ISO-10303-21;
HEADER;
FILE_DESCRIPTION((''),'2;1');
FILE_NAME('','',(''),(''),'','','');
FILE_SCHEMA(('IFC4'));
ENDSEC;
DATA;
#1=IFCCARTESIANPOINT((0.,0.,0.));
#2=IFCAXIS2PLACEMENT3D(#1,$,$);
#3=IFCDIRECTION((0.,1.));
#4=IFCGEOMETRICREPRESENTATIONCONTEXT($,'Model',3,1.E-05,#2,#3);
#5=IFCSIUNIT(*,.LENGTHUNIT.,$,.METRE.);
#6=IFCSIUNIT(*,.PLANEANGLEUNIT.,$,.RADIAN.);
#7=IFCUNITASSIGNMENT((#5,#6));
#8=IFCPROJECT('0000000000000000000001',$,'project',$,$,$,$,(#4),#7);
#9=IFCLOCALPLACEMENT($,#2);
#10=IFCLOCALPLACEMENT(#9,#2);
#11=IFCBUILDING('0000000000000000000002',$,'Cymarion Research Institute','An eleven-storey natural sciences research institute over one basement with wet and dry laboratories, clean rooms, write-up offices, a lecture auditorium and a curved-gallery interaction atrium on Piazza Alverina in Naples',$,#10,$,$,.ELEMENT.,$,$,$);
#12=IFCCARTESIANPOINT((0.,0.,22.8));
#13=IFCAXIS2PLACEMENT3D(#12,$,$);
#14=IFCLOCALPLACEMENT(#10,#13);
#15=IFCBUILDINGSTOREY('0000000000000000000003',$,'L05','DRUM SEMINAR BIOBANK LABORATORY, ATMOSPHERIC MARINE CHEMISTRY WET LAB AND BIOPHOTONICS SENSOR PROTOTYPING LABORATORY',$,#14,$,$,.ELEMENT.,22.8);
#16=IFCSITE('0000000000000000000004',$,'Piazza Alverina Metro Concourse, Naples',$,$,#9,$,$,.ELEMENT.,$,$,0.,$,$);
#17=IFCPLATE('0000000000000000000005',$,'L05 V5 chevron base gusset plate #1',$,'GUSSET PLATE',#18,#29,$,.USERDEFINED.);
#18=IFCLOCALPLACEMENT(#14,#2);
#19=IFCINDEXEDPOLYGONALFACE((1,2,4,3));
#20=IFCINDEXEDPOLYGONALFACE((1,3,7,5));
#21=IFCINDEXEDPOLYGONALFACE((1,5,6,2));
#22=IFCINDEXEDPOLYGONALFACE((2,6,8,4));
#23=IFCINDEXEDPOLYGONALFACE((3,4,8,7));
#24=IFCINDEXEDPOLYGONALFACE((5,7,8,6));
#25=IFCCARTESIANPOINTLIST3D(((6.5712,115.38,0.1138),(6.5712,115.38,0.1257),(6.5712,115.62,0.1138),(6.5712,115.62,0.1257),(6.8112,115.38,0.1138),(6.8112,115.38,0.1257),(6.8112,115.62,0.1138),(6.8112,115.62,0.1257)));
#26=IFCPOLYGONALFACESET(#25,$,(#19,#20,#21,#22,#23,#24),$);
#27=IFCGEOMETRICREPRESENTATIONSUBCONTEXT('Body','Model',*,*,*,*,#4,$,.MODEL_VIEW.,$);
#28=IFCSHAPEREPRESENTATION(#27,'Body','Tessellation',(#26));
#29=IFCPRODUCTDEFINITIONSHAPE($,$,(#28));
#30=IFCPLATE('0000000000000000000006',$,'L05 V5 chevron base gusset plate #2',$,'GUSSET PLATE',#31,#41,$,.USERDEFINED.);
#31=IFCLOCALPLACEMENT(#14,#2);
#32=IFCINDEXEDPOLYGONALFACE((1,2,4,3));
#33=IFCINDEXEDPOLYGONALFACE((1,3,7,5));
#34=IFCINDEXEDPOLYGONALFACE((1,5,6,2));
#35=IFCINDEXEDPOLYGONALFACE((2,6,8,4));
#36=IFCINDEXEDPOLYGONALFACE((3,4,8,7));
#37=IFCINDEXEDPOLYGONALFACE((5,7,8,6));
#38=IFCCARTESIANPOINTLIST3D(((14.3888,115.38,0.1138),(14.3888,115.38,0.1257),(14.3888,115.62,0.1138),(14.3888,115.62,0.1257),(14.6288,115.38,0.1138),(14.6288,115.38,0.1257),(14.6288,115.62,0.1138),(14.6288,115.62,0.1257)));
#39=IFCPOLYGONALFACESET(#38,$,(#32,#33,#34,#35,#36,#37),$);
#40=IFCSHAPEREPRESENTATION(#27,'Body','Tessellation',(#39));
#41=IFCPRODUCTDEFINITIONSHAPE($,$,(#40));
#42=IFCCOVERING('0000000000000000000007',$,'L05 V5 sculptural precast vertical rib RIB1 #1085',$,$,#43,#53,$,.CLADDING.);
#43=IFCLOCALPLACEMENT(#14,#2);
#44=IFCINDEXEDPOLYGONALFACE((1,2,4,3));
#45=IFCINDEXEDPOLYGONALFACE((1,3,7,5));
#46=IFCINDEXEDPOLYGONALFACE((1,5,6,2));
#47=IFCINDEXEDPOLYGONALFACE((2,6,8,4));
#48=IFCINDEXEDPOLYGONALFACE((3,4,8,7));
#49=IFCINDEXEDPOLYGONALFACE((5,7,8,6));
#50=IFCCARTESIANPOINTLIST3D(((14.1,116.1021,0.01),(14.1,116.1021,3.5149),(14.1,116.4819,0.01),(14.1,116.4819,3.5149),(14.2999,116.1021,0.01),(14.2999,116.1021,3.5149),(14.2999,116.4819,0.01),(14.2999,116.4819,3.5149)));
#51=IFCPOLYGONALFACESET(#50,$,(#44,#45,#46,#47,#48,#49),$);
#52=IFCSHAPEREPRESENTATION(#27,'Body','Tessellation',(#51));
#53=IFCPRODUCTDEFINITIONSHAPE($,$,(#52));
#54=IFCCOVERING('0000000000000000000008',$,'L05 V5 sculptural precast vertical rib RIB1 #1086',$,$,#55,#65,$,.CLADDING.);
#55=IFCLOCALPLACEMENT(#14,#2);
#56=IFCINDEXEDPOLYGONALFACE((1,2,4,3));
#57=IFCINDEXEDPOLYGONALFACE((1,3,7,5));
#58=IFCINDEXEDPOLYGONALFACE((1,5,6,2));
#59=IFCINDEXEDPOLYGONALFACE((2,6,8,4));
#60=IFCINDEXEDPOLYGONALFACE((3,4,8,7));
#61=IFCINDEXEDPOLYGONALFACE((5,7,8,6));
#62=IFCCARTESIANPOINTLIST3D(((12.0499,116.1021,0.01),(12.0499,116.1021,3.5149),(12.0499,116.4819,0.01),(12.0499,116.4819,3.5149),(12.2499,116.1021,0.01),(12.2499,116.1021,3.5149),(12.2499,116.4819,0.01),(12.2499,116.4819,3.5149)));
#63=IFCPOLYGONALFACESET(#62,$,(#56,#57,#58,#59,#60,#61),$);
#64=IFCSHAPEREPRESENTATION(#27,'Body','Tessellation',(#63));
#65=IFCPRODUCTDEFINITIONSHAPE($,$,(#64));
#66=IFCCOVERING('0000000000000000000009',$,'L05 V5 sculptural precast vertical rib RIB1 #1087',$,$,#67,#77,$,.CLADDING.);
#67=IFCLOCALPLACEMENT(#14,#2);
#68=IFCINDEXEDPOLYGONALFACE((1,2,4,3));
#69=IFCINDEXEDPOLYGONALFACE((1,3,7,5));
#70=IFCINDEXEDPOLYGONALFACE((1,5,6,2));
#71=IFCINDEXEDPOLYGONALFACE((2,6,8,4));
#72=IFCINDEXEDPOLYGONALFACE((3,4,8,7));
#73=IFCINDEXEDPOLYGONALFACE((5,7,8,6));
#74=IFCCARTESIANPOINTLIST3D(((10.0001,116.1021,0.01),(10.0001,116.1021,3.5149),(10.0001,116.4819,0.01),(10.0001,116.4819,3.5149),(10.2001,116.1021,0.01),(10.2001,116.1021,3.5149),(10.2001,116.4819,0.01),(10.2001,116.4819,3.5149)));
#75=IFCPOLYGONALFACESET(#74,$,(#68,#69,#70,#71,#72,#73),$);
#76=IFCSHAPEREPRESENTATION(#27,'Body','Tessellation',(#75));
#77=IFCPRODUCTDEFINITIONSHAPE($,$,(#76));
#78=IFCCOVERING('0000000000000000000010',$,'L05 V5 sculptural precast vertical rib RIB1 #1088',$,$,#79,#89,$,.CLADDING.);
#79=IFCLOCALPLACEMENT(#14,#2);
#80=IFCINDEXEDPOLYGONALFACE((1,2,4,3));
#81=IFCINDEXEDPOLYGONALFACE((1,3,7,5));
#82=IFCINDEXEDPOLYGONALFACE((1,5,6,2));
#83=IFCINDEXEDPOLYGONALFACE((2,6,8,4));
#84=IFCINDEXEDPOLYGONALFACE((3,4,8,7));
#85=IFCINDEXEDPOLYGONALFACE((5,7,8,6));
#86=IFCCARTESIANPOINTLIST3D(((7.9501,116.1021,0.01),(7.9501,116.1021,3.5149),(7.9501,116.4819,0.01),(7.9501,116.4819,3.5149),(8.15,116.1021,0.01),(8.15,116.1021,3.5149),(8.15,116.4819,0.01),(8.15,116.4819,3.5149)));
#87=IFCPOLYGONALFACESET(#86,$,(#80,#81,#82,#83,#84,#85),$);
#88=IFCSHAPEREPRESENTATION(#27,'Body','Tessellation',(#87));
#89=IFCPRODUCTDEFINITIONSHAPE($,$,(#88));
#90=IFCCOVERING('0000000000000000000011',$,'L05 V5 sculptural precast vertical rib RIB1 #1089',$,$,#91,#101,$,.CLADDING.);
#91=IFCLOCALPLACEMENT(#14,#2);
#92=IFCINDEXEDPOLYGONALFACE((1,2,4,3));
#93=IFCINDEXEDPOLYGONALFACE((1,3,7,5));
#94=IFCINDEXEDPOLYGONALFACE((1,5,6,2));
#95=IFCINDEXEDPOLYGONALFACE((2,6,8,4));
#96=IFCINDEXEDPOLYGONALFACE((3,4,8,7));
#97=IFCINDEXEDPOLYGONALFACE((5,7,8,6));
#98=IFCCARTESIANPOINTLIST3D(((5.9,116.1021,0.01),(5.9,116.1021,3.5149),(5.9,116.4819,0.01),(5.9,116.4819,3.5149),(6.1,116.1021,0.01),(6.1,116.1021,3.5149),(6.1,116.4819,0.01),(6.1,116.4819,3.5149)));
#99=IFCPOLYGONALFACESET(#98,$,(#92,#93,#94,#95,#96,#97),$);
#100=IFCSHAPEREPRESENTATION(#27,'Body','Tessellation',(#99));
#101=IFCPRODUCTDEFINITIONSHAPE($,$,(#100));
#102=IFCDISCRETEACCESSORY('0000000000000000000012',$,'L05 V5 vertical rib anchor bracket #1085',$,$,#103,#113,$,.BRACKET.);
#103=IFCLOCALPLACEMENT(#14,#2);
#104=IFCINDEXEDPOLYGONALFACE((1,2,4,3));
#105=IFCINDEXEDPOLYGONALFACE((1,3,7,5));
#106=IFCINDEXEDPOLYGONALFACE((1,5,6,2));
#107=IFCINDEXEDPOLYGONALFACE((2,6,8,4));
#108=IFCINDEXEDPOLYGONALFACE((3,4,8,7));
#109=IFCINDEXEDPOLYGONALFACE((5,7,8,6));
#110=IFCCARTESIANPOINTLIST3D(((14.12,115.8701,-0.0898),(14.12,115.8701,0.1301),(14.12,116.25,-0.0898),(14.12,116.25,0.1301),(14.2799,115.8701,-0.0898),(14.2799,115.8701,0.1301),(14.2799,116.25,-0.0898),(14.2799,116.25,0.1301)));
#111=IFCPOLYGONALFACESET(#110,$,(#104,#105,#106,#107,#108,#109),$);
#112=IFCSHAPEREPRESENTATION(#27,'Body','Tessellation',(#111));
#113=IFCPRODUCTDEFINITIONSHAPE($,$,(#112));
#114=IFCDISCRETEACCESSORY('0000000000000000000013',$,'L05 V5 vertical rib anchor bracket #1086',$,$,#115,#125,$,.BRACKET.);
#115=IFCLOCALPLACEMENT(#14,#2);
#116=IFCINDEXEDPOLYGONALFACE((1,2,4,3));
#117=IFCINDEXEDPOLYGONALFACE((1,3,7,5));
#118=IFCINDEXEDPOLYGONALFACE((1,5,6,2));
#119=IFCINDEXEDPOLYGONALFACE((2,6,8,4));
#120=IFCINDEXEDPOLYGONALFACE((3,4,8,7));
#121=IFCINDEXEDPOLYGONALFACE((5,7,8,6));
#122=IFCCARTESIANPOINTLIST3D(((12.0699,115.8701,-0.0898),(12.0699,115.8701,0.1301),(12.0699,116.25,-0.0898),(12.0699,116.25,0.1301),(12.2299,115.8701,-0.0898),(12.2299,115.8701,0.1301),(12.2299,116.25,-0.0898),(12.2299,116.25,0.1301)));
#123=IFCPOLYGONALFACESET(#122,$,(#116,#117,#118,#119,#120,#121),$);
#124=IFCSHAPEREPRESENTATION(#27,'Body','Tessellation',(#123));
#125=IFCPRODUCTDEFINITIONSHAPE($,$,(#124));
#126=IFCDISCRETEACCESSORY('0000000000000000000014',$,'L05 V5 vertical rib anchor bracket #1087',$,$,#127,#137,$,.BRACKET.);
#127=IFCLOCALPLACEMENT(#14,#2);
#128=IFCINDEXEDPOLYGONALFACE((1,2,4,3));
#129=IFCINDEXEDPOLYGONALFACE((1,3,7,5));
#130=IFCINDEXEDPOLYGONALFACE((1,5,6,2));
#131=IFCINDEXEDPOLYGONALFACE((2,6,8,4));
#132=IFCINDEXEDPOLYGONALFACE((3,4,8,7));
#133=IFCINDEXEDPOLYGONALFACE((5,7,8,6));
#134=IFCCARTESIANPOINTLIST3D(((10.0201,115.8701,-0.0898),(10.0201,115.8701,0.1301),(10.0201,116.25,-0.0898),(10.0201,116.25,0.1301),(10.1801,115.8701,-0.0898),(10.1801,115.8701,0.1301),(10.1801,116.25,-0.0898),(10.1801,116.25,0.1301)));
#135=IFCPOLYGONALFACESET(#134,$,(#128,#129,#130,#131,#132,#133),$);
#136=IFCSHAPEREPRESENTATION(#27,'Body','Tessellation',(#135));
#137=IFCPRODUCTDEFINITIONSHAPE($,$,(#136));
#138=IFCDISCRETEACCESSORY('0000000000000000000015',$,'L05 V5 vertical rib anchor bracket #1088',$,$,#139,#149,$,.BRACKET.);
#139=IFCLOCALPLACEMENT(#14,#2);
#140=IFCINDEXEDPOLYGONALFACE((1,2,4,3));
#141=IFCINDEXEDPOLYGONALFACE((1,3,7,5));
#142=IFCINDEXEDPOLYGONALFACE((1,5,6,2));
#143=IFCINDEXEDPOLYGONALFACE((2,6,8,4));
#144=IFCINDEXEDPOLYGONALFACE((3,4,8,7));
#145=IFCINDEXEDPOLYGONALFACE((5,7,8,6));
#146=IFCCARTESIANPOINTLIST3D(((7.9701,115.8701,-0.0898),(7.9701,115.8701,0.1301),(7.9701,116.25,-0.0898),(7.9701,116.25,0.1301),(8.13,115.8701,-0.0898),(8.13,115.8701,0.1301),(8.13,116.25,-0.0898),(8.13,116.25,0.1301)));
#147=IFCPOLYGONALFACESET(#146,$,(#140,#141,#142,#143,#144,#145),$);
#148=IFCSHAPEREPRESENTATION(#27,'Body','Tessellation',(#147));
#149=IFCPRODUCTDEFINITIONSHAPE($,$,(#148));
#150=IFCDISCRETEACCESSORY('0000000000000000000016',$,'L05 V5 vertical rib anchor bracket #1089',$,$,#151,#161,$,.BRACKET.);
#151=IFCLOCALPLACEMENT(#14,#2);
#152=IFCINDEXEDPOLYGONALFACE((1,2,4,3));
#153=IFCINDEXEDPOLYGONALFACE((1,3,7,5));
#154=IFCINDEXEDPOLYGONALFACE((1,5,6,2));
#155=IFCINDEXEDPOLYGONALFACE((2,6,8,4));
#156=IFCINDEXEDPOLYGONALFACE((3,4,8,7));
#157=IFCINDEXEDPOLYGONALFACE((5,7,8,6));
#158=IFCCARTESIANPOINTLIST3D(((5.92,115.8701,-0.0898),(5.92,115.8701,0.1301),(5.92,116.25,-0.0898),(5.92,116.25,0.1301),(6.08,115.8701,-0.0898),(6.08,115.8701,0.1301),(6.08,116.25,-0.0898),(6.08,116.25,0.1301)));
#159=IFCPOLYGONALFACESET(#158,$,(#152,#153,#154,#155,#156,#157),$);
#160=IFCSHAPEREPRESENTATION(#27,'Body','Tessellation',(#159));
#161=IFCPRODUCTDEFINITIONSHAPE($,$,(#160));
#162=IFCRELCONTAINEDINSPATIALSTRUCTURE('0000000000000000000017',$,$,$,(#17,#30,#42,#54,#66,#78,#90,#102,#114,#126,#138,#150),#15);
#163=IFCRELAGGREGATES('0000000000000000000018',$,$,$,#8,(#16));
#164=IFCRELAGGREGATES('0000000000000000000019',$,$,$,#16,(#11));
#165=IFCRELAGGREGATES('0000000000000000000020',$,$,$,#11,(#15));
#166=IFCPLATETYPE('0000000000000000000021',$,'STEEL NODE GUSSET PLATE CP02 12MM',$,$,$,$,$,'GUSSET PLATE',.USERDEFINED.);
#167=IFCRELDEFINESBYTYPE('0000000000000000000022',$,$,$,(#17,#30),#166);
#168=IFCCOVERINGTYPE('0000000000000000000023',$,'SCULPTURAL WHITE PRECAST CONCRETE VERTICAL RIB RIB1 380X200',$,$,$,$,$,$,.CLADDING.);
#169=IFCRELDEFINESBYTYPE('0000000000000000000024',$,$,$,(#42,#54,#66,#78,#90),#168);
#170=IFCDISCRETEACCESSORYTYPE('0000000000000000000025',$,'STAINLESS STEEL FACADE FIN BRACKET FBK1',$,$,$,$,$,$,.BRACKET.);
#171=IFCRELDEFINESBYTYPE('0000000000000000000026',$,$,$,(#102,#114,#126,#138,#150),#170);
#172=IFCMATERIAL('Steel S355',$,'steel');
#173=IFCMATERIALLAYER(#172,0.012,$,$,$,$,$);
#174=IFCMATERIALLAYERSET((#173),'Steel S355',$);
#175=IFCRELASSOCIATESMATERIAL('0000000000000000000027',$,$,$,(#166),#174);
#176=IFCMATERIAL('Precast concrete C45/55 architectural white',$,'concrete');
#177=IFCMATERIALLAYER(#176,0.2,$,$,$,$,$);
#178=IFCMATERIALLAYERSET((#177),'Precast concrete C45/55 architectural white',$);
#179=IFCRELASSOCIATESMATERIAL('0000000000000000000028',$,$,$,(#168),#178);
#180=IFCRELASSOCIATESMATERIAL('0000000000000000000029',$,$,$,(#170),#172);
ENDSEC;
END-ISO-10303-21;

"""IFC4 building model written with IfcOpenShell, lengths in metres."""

from ifc_helpers import new_model, si_unit, direction, frame, origin, origin_2d, place, context, subcontext, project, spatial, rectangle, extrude, material, layer, layer_set, type_object, element, save


model = new_model("IFC4")

# Units and contexts
model_context = context("Model", 3, precision=1e-05, world=origin(), true_north=direction((0.0, 1.0)))
body_context = subcontext(model_context, "Body", "Model", "MODEL_VIEW")
ifc_project = project(units=[si_unit("LENGTHUNIT", "METRE"), si_unit("PLANEANGLEUNIT", "RADIAN")], contexts=[model_context])

# Site, building, storey
site_placement = place(None, origin())
site = spatial("IfcSite", under=ifc_project, at=site_placement, Name="Piazza Alverina Metro Concourse, Naples", CompositionType="ELEMENT", RefElevation=0.0)
building_placement = place(site_placement, origin())
building = spatial("IfcBuilding", under=site, at=building_placement, Name="Cymarion Research Institute", Description="An eleven-storey natural sciences research institute over one basement with wet and dry laboratories, clean rooms, write-up offices, a lecture auditorium and a curved-gallery interaction atrium on Piazza Alverina in Naples", CompositionType="ELEMENT")
storey_placement = place(building_placement, frame((0.0, 0.0, 22.8)))
storey = spatial("IfcBuildingStorey", under=building, at=storey_placement, Name="L05", Description="DRUM SEMINAR BIOBANK LABORATORY, ATMOSPHERIC MARINE CHEMISTRY WET LAB AND BIOPHOTONICS SENSOR PROTOTYPING LABORATORY", CompositionType="ELEMENT", Elevation=22.8)

# Shared definitions
ifc_material_1 = material(Name="Steel S355", Category="steel")

# Plates
ifc_layer_1 = layer(ifc_material_1, 0.012)
ifc_layer_set_1 = layer_set([ifc_layer_1], Name="Steel S355")
plate_type = type_object("IfcPlateType", Name="STEEL NODE GUSSET PLATE CP02 12MM", ElementType="GUSSET PLATE", PredefinedType="USERDEFINED", material=ifc_layer_set_1)
for number, where, z_axis, x_axis, name in (
    (1, (6.6912, 115.5, 0.1138), (0.0, 0.0, 1.0), (1.0, 0.0, 0.0), "L05 V5 chevron base gusset plate #1"),
    (2, (14.5088, 115.5, 0.1138), (0.0, 0.0, 1.0), (1.0, 0.0, 0.0), "L05 V5 chevron base gusset plate #2"),
):
    element("IfcPlate", number, at=place(storey_placement, frame(where, z_axis=z_axis, x_axis=x_axis)), inside=storey, type_object=plate_type, Name=name, ObjectType="GUSSET PLATE", PredefinedType="USERDEFINED", context=body_context, shape_type="SweptSolid", body=[
        extrude(rectangle(XDim=0.24, YDim=0.24, at=origin_2d()), origin(), (0.0, 0.0, 1.0), 0.012),
    ])

# Coverings
ifc_material_2 = material(Name="Precast concrete C45/55 architectural white", Category="concrete")
ifc_layer_2 = layer(ifc_material_2, 0.2)
ifc_layer_set_2 = layer_set([ifc_layer_2], Name="Precast concrete C45/55 architectural white")
covering_type = type_object("IfcCoveringType", Name="SCULPTURAL WHITE PRECAST CONCRETE VERTICAL RIB RIB1 380X200", PredefinedType="CLADDING", material=ifc_layer_set_2)
for number, where, z_axis, x_axis, name in (
    (3, (14.2, 116.292, 0.01), (0.0, 0.0, 1.0), (0.0, 1.0, 0.0), "L05 V5 sculptural precast vertical rib RIB1 #1085"),
    (4, (12.1499, 116.292, 0.01), (0.0, 0.0, 1.0), (0.0, 1.0, 0.0), "L05 V5 sculptural precast vertical rib RIB1 #1086"),
    (5, (10.1001, 116.292, 0.01), (0.0, 0.0, 1.0), (0.0, 1.0, 0.0), "L05 V5 sculptural precast vertical rib RIB1 #1087"),
    (6, (8.05, 116.292, 0.01), (0.0, 0.0, 1.0), (0.0, 1.0, 0.0), "L05 V5 sculptural precast vertical rib RIB1 #1088"),
    (7, (6.0, 116.292, 0.01), (0.0, 0.0, 1.0), (0.0, 1.0, 0.0), "L05 V5 sculptural precast vertical rib RIB1 #1089"),
):
    element("IfcCovering", number, at=place(storey_placement, frame(where, z_axis=z_axis, x_axis=x_axis)), inside=storey, type_object=covering_type, Name=name, PredefinedType="CLADDING", context=body_context, shape_type="SweptSolid", body=[
        extrude(rectangle(XDim=0.3799, YDim=0.2, at=origin_2d()), origin(), (0.0, 0.0, 1.0), 3.5049),
    ])

# Discrete accessories
discrete_accessory_type = type_object("IfcDiscreteAccessoryType", Name="STAINLESS STEEL FACADE FIN BRACKET FBK1", PredefinedType="BRACKET", material=ifc_material_1)
for number, where, z_axis, x_axis, name in (
    (8, (14.2, 116.0601, -0.0898), (0.0, 0.0, 1.0), (0.0, 1.0, 0.0), "L05 V5 vertical rib anchor bracket #1085"),
    (9, (12.1499, 116.0601, -0.0898), (0.0, 0.0, 1.0), (0.0, 1.0, 0.0), "L05 V5 vertical rib anchor bracket #1086"),
    (10, (10.1001, 116.0601, -0.0898), (0.0, 0.0, 1.0), (0.0, 1.0, 0.0), "L05 V5 vertical rib anchor bracket #1087"),
    (11, (8.05, 116.0601, -0.0898), (0.0, 0.0, 1.0), (0.0, 1.0, 0.0), "L05 V5 vertical rib anchor bracket #1088"),
    (12, (6.0, 116.0601, -0.0898), (0.0, 0.0, 1.0), (0.0, 1.0, 0.0), "L05 V5 vertical rib anchor bracket #1089"),
):
    element("IfcDiscreteAccessory", number, at=place(storey_placement, frame(where, z_axis=z_axis, x_axis=x_axis)), inside=storey, type_object=discrete_accessory_type, Name=name, PredefinedType="BRACKET", context=body_context, shape_type="SweptSolid", body=[
        extrude(rectangle(XDim=0.3799, YDim=0.1599, at=origin_2d()), origin(), (0.0, 0.0, 1.0), 0.22),
    ])

save(model, "model.ifc")
